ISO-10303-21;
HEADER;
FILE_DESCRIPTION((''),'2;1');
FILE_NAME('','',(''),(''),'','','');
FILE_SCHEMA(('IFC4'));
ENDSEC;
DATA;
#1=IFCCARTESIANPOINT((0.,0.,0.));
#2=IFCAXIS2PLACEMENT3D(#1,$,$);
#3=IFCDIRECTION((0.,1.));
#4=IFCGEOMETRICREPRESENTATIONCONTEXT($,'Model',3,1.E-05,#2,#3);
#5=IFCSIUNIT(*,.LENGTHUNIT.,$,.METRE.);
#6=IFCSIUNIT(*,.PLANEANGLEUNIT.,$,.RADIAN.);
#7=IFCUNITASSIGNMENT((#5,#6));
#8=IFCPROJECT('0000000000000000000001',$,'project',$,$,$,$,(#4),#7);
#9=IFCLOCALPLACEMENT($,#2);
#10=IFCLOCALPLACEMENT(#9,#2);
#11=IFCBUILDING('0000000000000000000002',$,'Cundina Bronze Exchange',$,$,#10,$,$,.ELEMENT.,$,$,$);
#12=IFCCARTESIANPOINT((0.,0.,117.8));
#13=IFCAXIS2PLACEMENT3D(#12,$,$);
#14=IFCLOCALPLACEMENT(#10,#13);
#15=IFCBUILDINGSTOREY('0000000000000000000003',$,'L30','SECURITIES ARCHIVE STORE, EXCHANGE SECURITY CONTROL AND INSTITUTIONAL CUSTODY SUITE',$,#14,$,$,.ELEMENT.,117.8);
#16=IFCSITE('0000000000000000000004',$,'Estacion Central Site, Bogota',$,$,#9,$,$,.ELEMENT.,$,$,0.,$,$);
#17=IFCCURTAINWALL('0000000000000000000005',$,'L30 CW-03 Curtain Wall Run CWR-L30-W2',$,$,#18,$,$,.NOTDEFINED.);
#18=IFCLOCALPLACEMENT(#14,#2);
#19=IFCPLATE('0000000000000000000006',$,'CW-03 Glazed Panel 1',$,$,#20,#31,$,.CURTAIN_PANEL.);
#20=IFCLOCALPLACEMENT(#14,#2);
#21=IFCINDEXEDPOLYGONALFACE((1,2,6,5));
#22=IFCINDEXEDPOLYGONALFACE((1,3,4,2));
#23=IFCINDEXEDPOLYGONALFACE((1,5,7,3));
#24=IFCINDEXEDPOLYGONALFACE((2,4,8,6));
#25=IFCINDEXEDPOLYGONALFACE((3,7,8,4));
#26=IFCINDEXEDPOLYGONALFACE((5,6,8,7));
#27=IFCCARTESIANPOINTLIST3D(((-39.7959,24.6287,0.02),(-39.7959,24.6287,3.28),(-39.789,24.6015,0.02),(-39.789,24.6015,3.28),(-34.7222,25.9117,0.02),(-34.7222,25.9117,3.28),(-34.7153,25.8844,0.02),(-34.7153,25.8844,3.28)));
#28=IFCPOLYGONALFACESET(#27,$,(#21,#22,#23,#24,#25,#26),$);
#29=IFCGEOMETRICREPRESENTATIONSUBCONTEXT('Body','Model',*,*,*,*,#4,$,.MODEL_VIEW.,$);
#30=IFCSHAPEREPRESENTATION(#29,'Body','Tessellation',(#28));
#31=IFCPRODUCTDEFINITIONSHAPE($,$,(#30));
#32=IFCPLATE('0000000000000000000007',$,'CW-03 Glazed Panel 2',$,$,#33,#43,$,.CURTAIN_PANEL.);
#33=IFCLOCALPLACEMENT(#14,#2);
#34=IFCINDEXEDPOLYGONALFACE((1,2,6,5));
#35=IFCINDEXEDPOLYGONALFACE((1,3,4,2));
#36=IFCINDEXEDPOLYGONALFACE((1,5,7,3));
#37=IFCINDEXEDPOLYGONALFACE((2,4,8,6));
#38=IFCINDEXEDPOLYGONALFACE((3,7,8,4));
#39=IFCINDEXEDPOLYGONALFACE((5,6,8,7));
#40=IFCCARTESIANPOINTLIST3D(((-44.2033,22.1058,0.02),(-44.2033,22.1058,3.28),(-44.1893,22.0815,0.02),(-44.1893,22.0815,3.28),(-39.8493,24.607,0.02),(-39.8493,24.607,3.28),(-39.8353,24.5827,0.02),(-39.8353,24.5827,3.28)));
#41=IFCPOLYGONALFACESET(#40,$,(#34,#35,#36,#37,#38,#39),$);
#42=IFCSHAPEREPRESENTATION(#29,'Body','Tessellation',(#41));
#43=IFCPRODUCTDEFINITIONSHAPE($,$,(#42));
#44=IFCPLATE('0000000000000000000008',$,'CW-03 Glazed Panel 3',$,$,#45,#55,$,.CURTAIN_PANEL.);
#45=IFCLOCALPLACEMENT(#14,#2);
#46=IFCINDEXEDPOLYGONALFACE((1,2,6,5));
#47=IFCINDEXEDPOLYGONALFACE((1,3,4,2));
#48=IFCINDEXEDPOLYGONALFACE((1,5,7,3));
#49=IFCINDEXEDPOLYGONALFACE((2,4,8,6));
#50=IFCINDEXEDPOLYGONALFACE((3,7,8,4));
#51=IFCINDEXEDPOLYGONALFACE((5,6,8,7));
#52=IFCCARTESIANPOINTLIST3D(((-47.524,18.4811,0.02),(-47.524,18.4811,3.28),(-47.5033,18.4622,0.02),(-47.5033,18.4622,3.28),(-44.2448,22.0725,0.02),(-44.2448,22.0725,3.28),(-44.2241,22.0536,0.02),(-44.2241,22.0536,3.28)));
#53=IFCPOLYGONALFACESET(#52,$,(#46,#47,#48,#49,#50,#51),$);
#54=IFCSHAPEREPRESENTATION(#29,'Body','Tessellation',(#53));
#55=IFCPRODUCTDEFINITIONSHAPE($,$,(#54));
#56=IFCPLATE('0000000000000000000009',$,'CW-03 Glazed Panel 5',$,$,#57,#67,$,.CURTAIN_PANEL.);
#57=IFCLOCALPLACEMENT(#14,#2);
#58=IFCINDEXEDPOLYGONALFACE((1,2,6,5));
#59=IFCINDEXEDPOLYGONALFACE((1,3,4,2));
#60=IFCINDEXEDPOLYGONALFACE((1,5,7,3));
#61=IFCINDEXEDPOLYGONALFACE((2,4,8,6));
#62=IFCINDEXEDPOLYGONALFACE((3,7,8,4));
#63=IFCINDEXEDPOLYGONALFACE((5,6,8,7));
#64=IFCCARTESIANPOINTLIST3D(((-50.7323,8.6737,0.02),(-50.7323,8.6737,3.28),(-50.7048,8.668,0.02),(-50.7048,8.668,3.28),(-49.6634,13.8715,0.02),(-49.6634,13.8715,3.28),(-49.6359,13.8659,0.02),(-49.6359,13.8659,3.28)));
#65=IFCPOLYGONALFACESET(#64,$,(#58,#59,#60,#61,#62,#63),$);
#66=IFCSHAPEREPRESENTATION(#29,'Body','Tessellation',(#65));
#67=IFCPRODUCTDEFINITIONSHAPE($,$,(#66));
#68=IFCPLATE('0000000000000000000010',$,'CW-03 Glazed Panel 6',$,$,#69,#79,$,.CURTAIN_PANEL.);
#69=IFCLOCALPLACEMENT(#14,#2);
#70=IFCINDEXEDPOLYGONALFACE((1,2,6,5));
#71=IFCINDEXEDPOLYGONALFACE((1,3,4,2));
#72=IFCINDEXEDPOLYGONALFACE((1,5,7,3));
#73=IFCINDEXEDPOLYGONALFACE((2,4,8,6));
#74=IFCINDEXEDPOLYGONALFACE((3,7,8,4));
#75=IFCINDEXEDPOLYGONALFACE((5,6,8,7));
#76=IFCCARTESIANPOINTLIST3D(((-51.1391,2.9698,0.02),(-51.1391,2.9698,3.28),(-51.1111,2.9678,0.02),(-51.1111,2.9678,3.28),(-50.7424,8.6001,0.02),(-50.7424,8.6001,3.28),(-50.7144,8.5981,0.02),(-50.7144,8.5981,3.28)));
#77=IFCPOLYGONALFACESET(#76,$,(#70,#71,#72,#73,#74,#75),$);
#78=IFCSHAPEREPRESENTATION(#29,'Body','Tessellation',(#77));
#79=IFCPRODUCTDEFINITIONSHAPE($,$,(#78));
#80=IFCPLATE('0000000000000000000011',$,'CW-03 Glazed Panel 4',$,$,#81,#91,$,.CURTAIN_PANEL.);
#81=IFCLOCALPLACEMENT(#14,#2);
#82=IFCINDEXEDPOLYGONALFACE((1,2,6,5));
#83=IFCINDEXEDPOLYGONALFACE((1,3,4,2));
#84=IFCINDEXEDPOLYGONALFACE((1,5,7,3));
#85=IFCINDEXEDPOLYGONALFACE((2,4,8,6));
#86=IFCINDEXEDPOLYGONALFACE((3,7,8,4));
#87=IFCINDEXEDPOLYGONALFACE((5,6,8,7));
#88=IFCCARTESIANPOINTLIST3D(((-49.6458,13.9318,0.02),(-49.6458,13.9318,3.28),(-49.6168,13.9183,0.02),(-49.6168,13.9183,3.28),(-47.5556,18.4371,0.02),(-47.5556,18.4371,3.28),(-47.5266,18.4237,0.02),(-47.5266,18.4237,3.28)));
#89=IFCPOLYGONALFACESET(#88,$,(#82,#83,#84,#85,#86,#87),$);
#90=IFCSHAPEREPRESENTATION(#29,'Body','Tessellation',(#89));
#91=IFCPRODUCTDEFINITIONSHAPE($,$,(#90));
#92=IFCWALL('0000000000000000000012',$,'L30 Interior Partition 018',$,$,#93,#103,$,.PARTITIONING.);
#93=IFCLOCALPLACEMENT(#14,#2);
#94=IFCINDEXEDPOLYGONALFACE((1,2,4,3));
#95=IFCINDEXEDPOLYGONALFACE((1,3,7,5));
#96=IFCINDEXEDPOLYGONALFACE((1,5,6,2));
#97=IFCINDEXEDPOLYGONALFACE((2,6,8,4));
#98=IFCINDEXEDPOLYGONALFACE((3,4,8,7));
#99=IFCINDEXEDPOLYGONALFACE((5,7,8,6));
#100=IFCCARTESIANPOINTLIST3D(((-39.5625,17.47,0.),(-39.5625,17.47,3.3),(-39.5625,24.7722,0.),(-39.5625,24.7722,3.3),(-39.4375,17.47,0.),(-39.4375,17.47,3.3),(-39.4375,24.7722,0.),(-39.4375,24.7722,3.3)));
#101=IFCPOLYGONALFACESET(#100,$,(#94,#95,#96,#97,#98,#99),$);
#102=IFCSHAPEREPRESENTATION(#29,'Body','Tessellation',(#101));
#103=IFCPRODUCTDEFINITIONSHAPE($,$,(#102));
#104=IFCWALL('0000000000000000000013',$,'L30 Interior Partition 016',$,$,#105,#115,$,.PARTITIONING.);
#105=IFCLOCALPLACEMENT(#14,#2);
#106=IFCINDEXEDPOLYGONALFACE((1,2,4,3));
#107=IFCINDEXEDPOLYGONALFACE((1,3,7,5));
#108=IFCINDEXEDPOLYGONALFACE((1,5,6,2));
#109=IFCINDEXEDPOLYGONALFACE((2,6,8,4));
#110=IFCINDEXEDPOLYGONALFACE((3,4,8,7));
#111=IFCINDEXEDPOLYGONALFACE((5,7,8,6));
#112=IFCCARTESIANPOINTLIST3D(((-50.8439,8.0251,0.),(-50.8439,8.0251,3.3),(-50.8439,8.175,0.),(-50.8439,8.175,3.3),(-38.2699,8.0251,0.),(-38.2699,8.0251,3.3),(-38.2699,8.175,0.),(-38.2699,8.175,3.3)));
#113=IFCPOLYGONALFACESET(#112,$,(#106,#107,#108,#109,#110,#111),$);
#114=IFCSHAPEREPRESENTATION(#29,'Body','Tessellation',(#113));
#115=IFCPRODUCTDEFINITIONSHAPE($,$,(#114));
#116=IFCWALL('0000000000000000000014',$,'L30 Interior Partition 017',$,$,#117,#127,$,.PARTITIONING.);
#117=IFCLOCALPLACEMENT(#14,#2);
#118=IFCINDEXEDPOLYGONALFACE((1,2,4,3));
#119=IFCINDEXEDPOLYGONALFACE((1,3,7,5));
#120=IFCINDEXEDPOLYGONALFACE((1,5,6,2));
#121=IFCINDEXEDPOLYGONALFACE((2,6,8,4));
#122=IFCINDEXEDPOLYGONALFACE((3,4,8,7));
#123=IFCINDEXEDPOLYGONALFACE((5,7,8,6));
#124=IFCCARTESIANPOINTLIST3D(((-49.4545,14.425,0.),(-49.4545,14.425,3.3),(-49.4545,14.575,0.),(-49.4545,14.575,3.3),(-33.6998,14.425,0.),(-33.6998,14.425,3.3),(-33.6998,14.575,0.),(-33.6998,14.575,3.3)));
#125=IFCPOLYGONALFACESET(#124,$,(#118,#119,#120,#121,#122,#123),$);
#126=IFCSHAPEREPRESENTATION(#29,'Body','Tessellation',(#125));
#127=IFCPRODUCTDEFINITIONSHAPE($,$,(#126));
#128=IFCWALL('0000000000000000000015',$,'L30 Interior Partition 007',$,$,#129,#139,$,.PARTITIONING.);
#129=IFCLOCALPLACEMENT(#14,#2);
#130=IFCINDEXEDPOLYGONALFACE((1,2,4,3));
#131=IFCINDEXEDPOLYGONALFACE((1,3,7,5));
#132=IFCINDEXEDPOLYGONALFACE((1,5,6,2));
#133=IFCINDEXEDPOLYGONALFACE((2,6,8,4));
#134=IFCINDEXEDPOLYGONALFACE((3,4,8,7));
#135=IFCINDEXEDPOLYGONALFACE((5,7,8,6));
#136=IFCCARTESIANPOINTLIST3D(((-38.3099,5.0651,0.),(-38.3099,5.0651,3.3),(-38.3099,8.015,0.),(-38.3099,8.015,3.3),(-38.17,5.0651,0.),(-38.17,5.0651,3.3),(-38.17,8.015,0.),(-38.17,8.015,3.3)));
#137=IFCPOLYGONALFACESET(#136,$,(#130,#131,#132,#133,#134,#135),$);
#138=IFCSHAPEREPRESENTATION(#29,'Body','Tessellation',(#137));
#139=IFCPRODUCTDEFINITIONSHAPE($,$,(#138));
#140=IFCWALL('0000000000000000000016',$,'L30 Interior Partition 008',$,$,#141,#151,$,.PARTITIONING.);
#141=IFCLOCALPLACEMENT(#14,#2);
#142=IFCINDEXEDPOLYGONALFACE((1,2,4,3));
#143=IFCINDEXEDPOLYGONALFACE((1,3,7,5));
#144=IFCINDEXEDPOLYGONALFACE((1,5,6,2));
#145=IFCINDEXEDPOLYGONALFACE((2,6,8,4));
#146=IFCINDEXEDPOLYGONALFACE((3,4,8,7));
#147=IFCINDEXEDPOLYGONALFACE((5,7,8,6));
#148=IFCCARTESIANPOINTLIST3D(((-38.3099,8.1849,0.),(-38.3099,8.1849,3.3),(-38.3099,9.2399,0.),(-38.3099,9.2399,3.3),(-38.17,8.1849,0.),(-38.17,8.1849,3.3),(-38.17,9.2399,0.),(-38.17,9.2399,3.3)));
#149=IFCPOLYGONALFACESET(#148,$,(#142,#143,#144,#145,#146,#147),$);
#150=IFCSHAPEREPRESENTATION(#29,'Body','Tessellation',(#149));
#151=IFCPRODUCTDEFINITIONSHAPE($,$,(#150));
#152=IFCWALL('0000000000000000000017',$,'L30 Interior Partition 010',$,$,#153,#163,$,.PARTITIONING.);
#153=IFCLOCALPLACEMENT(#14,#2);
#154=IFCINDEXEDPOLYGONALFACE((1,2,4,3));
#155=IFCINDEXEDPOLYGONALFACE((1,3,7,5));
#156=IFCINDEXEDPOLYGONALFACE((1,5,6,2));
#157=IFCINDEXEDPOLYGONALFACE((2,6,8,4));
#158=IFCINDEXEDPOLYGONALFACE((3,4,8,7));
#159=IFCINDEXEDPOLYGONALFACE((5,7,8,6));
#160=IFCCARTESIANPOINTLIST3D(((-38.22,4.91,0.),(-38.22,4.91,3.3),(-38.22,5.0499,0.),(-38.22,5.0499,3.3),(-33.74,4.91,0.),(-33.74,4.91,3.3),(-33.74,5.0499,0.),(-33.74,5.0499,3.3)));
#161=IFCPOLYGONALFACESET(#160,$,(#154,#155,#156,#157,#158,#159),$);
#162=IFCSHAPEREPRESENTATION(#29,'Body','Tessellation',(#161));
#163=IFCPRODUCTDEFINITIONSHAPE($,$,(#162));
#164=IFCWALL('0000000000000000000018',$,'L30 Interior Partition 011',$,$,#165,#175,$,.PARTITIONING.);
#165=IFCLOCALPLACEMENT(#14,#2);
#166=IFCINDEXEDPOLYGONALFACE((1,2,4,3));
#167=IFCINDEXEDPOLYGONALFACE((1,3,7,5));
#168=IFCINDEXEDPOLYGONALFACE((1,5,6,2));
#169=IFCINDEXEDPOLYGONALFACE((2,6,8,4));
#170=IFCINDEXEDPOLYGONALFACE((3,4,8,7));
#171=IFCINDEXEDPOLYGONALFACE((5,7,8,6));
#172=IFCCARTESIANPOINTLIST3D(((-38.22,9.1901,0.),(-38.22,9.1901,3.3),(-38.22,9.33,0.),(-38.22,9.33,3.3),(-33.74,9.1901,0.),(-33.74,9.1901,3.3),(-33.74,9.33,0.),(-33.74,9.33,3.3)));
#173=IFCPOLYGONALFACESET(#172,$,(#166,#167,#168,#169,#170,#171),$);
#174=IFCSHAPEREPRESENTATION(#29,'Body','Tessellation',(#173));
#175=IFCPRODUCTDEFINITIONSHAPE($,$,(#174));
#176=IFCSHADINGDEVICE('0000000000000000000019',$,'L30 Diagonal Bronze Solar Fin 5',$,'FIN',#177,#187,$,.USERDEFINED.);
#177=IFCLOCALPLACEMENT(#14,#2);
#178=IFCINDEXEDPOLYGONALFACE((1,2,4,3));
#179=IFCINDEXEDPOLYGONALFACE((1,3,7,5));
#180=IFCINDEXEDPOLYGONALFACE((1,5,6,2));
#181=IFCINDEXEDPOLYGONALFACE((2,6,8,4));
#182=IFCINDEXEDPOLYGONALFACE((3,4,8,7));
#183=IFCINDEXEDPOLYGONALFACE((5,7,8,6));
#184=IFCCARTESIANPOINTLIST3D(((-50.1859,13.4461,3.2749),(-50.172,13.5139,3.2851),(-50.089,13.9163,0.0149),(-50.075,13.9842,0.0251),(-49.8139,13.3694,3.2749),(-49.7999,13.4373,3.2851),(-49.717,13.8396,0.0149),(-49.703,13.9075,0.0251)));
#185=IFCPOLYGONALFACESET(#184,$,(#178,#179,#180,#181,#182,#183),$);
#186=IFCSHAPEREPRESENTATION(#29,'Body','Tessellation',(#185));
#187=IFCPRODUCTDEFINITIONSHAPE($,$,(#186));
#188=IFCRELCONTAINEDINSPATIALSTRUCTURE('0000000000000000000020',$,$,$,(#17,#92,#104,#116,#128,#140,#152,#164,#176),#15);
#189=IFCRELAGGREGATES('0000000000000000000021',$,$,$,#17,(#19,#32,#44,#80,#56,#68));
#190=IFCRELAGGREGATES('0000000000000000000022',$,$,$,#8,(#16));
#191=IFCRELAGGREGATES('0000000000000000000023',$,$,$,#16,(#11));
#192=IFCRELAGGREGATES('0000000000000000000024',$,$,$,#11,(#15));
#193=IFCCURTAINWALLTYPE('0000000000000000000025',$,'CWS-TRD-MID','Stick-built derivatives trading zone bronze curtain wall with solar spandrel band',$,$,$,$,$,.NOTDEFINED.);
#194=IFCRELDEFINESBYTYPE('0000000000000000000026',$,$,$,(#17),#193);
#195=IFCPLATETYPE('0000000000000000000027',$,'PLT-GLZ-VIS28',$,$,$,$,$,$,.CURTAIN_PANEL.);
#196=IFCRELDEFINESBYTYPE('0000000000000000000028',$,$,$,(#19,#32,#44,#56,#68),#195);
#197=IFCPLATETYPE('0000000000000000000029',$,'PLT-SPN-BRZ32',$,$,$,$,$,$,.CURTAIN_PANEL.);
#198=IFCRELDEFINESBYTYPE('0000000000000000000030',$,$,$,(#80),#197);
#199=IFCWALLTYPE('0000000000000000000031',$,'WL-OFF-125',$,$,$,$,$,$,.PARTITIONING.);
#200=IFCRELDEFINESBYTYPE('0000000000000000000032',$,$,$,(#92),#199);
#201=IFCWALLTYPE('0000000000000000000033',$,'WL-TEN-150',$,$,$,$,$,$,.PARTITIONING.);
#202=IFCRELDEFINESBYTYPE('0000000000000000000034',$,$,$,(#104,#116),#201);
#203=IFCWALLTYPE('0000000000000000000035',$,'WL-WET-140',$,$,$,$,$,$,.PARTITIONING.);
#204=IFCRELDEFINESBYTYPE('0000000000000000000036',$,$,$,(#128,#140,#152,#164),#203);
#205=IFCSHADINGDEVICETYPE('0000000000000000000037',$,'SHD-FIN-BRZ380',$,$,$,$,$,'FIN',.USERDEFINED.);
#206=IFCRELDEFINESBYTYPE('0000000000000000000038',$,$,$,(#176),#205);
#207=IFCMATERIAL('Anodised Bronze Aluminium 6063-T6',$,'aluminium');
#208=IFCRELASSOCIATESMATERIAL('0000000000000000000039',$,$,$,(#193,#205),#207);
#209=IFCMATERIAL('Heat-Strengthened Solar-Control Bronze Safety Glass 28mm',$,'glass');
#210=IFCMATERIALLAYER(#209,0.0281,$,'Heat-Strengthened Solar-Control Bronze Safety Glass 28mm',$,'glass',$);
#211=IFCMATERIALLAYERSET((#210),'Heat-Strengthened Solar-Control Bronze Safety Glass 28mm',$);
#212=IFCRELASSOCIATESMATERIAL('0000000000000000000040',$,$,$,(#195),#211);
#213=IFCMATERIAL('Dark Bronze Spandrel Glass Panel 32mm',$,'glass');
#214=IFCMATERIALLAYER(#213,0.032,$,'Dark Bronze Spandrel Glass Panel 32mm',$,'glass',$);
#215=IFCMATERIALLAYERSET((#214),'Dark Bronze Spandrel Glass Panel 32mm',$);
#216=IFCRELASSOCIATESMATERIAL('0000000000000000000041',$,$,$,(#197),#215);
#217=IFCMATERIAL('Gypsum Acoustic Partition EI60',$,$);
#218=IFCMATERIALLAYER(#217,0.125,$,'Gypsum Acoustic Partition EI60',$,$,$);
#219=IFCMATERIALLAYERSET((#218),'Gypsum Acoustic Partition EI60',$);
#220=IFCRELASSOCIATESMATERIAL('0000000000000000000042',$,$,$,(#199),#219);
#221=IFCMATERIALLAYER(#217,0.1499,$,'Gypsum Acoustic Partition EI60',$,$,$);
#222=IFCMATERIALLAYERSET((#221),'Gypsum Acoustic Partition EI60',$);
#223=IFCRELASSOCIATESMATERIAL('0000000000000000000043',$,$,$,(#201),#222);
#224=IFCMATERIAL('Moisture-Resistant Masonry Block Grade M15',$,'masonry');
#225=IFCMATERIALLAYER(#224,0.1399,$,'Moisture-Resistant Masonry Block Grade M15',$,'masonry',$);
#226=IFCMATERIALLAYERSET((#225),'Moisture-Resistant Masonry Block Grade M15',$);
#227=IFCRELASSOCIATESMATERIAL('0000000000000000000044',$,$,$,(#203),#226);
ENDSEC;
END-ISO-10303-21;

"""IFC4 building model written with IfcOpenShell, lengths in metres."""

from ifc_helpers import new_model, si_unit, direction, frame, frame_2d, origin, origin_2d, place, context, subcontext, project, spatial, rectangle, extrude, material, layer, layer_set, material_profile, profile_set, type_object, element, aggregate, save


model = new_model("IFC4")

# Units and contexts
model_context = context("Model", 3, precision=1e-05, world=origin(), true_north=direction((0.0, 1.0)))
body_context = subcontext(model_context, "Body", "Model", "MODEL_VIEW")
ifc_project = project(units=[si_unit("LENGTHUNIT", "METRE"), si_unit("PLANEANGLEUNIT", "RADIAN")], contexts=[model_context])

# Site, building, storey
site_placement = place(None, origin())
site = spatial("IfcSite", under=ifc_project, at=site_placement, Name="Estacion Central Site, Bogota", CompositionType="ELEMENT", RefElevation=0.0)
building_placement = place(site_placement, origin())
building = spatial("IfcBuilding", under=site, at=building_placement, Name="Cundina Bronze Exchange", CompositionType="ELEMENT")
storey_placement = place(building_placement, frame((0.0, 0.0, 117.8)))
storey = spatial("IfcBuildingStorey", under=building, at=storey_placement, Name="L30", Description="SECURITIES ARCHIVE STORE, EXCHANGE SECURITY CONTROL AND INSTITUTIONAL CUSTODY SUITE", CompositionType="ELEMENT", Elevation=117.8)

# Curtain wall, plates
ifc_material_1 = material(Name="Anodised Bronze Aluminium 6063-T6", Category="aluminium")
curtain_wall_type = type_object("IfcCurtainWallType", Name="CWS-TRD-MID", Description="Stick-built derivatives trading zone bronze curtain wall with solar spandrel band", PredefinedType="NOTDEFINED", material=ifc_material_1)
curtain_wall_placement = place(storey_placement, origin())
curtain_wall = element("IfcCurtainWall", 1, at=curtain_wall_placement, inside=storey, type_object=curtain_wall_type, Name="L30 CW-03 Curtain Wall Run CWR-L30-W2", PredefinedType="NOTDEFINED")
ifc_material_2 = material(Name="Heat-Strengthened Solar-Control Bronze Safety Glass 28mm", Category="glass")
ifc_layer_1 = layer(ifc_material_2, 0.0281, Name="Heat-Strengthened Solar-Control Bronze Safety Glass 28mm", Category="glass")
ifc_layer_set_1 = layer_set([ifc_layer_1], Name="Heat-Strengthened Solar-Control Bronze Safety Glass 28mm")
plate_type_1 = type_object("IfcPlateType", Name="PLT-GLZ-VIS28", PredefinedType="CURTAIN_PANEL", material=ifc_layer_set_1)
plate_1_placement = place(storey_placement, frame((-37.2556, 25.2566, 0.02), z_axis=(0.0, 0.0, 1.0), x_axis=(-0.969488, -0.245138, 0.0)))
plate_1 = element("IfcPlate", 2, at=plate_1_placement, type_object=plate_type_1, Name="CW-03 Glazed Panel 1", PredefinedType="CURTAIN_PANEL", context=body_context, shape_type="SweptSolid", body=[
    extrude(rectangle(XDim=5.2334, YDim=0.0281, at=origin_2d()), origin(), (0.0, 0.0, 1.0), 3.26),
])
plate_2_placement = place(storey_placement, frame((-42.0193, 23.3442, 0.02), z_axis=(0.0, 0.0, 1.0), x_axis=(-0.867105, -0.498125, 0.0)))
plate_2 = element("IfcPlate", 3, at=plate_2_placement, type_object=plate_type_1, Name="CW-03 Glazed Panel 2", PredefinedType="CURTAIN_PANEL", context=body_context, shape_type="SweptSolid", body=[
    extrude(rectangle(XDim=5.0212, YDim=0.0281, at=origin_2d()), origin(), (0.0, 0.0, 1.0), 3.26),
])
plate_3_placement = place(storey_placement, frame((-45.874, 20.2673, 0.02), z_axis=(0.0, 0.0, 1.0), x_axis=(-0.674277, -0.738479, 0.0)))
plate_3 = element("IfcPlate", 4, at=plate_3_placement, type_object=plate_type_1, Name="CW-03 Glazed Panel 3", PredefinedType="CURTAIN_PANEL", context=body_context, shape_type="SweptSolid", body=[
    extrude(rectangle(XDim=4.8633, YDim=0.0281, at=origin_2d()), origin(), (0.0, 0.0, 1.0), 3.26),
])
plate_4_placement = place(storey_placement, frame((-50.1841, 11.2698, 0.02), z_axis=(0.0, 0.0, 1.0), x_axis=(-0.20142, -0.979505, 0.0)))
plate_4 = element("IfcPlate", 5, at=plate_4_placement, type_object=plate_type_1, Name="CW-03 Glazed Panel 5", PredefinedType="CURTAIN_PANEL", context=body_context, shape_type="SweptSolid", body=[
    extrude(rectangle(XDim=5.3066, YDim=0.0281, at=origin_2d()), origin(), (0.0, 0.0, 1.0), 3.26),
])
plate_5_placement = place(storey_placement, frame((-50.9268, 5.7839, 0.02), z_axis=(0.0, 0.0, 1.0), x_axis=(-0.070279, -0.997527, 0.0)))
plate_5 = element("IfcPlate", 6, at=plate_5_placement, type_object=plate_type_1, Name="CW-03 Glazed Panel 6", PredefinedType="CURTAIN_PANEL", context=body_context, shape_type="SweptSolid", body=[
    extrude(rectangle(XDim=5.6443, YDim=0.0281, at=origin_2d()), origin(), (0.0, 0.0, 1.0), 3.26),
])
ifc_material_3 = material(Name="Dark Bronze Spandrel Glass Panel 32mm", Category="glass")
ifc_layer_2 = layer(ifc_material_3, 0.032, Name="Dark Bronze Spandrel Glass Panel 32mm", Category="glass")
ifc_layer_set_2 = layer_set([ifc_layer_2], Name="Dark Bronze Spandrel Glass Panel 32mm")
plate_type_2 = type_object("IfcPlateType", Name="PLT-SPN-BRZ32", PredefinedType="CURTAIN_PANEL", material=ifc_layer_set_2)
plate_6_placement = place(storey_placement, frame((-48.5862, 16.1777, 0.02), z_axis=(0.0, 0.0, 1.0), x_axis=(-0.420846, -0.907132, 0.0)))
plate_6 = element("IfcPlate", 7, at=plate_6_placement, type_object=plate_type_2, Name="CW-03 Glazed Panel 4", PredefinedType="CURTAIN_PANEL", context=body_context, shape_type="SweptSolid", body=[
    extrude(rectangle(XDim=4.9666, YDim=0.032, at=origin_2d()), origin(), (0.0, 0.0, 1.0), 3.26),
])
aggregate(curtain_wall, [plate_1, plate_2, plate_3, plate_6, plate_4, plate_5])

# Walls
ifc_material_4 = material(Name="Gypsum Acoustic Partition EI60")
ifc_layer_3 = layer(ifc_material_4, 0.125, Name="Gypsum Acoustic Partition EI60")
ifc_layer_set_3 = layer_set([ifc_layer_3], Name="Gypsum Acoustic Partition EI60")
wall_type_1 = type_object("IfcWallType", Name="WL-OFF-125", PredefinedType="PARTITIONING", material=ifc_layer_set_3)
wall_1_placement = place(storey_placement, frame((-39.5, 17.47, 0.0), z_axis=(0.0, 0.0, 1.0), x_axis=(0.0, 1.0, 0.0)))
element("IfcWall", 8, at=wall_1_placement, inside=storey, type_object=wall_type_1, Name="L30 Interior Partition 018", PredefinedType="PARTITIONING", context=body_context, shape_type="SweptSolid", body=[
    extrude(rectangle(XDim=7.3022, YDim=0.125, at=frame_2d((3.6511, 0.0))), origin(), (0.0, 0.0, 1.0), 3.3),
])
ifc_layer_4 = layer(ifc_material_4, 0.1499, Name="Gypsum Acoustic Partition EI60")
ifc_layer_set_4 = layer_set([ifc_layer_4], Name="Gypsum Acoustic Partition EI60")
wall_type_2 = type_object("IfcWallType", Name="WL-TEN-150", PredefinedType="PARTITIONING", material=ifc_layer_set_4)
wall_2_placement = place(storey_placement, frame((-50.844, 8.1001, 0.0), z_axis=(0.0, 0.0, 1.0), x_axis=(1.0, 0.0, 0.0)))
element("IfcWall", 9, at=wall_2_placement, inside=storey, type_object=wall_type_2, Name="L30 Interior Partition 016", PredefinedType="PARTITIONING", context=body_context, shape_type="SweptSolid", body=[
    extrude(rectangle(XDim=12.574, YDim=0.1499, at=frame_2d((6.2871, 0.0))), origin(), (0.0, 0.0, 1.0), 3.3),
])
wall_3_placement = place(storey_placement, frame((-49.4546, 14.5, 0.0), z_axis=(0.0, 0.0, 1.0), x_axis=(1.0, 0.0, 0.0)))
element("IfcWall", 10, at=wall_3_placement, inside=storey, type_object=wall_type_2, Name="L30 Interior Partition 017", PredefinedType="PARTITIONING", context=body_context, shape_type="SweptSolid", body=[
    extrude(rectangle(XDim=15.7546, YDim=0.1499, at=frame_2d((7.8774, 0.0))), origin(), (0.0, 0.0, 1.0), 3.3),
])
ifc_material_5 = material(Name="Moisture-Resistant Masonry Block Grade M15", Category="masonry")
ifc_layer_5 = layer(ifc_material_5, 0.1399, Name="Moisture-Resistant Masonry Block Grade M15", Category="masonry")
ifc_layer_set_5 = layer_set([ifc_layer_5], Name="Moisture-Resistant Masonry Block Grade M15")
wall_type_3 = type_object("IfcWallType", Name="WL-WET-140", PredefinedType="PARTITIONING", material=ifc_layer_set_5)
wall_4_placement = place(storey_placement, frame((-38.24, 5.0649, 0.0), z_axis=(0.0, 0.0, 1.0), x_axis=(0.0, 1.0, 0.0)))
element("IfcWall", 11, at=wall_4_placement, inside=storey, type_object=wall_type_3, Name="L30 Interior Partition 007", PredefinedType="PARTITIONING", context=body_context, shape_type="SweptSolid", body=[
    extrude(rectangle(XDim=2.95, YDim=0.1399, at=frame_2d((1.4751, 0.0))), origin(), (0.0, 0.0, 1.0), 3.3),
])
wall_5_placement = place(storey_placement, frame((-38.24, 8.1851, 0.0), z_axis=(0.0, 0.0, 1.0), x_axis=(0.0, 1.0, 0.0)))
element("IfcWall", 12, at=wall_5_placement, inside=storey, type_object=wall_type_3, Name="L30 Interior Partition 008", PredefinedType="PARTITIONING", context=body_context, shape_type="SweptSolid", body=[
    extrude(rectangle(XDim=1.0549, YDim=0.1399, at=frame_2d((0.5273, 0.0))), origin(), (0.0, 0.0, 1.0), 3.3),
])
for number, where, z_axis, x_axis, name in (
    (13, (-38.22, 4.98, 0.0), (0.0, 0.0, 1.0), (1.0, 0.0, 0.0), "L30 Interior Partition 010"),
    (14, (-38.22, 9.26, 0.0), (0.0, 0.0, 1.0), (1.0, 0.0, 0.0), "L30 Interior Partition 011"),
):
    element("IfcWall", number, at=place(storey_placement, frame(where, z_axis=z_axis, x_axis=x_axis)), inside=storey, type_object=wall_type_3, Name=name, PredefinedType="PARTITIONING", context=body_context, shape_type="SweptSolid", body=[
        extrude(rectangle(XDim=4.48, YDim=0.1399, at=frame_2d((2.24, 0.0))), origin(), (0.0, 0.0, 1.0), 3.3),
    ])

# Shading device
ifc_material_profile_1 = material_profile(ifc_material_1, rectangle(XDim=0.0701, YDim=0.3799, at=origin_2d()), Name="FIN70X380", Category="aluminium")
ifc_profile_set_1 = profile_set([ifc_material_profile_1], Name="Anodised Bronze Aluminium 6063-T6")
shading_device_type = type_object("IfcShadingDeviceType", Name="SHD-FIN-BRZ380", ElementType="FIN", PredefinedType="USERDEFINED", material=ifc_profile_set_1)
shading_device_placement = place(storey_placement, frame((-49.896, 13.9119, 0.02), z_axis=(-0.029414, -0.142698, 0.989329), x_axis=(0.199728, 0.968959, 0.145698)))
element("IfcShadingDevice", 15, at=shading_device_placement, inside=storey, type_object=shading_device_type, Name="L30 Diagonal Bronze Solar Fin 5", ObjectType="FIN", PredefinedType="USERDEFINED", context=body_context, shape_type="SweptSolid", body=[
    extrude(rectangle(XDim=0.0701, YDim=0.3799, at=origin_2d()), origin(), (0.0, 0.0, 1.0), 3.2952),
])

save(model, "model.ifc")
